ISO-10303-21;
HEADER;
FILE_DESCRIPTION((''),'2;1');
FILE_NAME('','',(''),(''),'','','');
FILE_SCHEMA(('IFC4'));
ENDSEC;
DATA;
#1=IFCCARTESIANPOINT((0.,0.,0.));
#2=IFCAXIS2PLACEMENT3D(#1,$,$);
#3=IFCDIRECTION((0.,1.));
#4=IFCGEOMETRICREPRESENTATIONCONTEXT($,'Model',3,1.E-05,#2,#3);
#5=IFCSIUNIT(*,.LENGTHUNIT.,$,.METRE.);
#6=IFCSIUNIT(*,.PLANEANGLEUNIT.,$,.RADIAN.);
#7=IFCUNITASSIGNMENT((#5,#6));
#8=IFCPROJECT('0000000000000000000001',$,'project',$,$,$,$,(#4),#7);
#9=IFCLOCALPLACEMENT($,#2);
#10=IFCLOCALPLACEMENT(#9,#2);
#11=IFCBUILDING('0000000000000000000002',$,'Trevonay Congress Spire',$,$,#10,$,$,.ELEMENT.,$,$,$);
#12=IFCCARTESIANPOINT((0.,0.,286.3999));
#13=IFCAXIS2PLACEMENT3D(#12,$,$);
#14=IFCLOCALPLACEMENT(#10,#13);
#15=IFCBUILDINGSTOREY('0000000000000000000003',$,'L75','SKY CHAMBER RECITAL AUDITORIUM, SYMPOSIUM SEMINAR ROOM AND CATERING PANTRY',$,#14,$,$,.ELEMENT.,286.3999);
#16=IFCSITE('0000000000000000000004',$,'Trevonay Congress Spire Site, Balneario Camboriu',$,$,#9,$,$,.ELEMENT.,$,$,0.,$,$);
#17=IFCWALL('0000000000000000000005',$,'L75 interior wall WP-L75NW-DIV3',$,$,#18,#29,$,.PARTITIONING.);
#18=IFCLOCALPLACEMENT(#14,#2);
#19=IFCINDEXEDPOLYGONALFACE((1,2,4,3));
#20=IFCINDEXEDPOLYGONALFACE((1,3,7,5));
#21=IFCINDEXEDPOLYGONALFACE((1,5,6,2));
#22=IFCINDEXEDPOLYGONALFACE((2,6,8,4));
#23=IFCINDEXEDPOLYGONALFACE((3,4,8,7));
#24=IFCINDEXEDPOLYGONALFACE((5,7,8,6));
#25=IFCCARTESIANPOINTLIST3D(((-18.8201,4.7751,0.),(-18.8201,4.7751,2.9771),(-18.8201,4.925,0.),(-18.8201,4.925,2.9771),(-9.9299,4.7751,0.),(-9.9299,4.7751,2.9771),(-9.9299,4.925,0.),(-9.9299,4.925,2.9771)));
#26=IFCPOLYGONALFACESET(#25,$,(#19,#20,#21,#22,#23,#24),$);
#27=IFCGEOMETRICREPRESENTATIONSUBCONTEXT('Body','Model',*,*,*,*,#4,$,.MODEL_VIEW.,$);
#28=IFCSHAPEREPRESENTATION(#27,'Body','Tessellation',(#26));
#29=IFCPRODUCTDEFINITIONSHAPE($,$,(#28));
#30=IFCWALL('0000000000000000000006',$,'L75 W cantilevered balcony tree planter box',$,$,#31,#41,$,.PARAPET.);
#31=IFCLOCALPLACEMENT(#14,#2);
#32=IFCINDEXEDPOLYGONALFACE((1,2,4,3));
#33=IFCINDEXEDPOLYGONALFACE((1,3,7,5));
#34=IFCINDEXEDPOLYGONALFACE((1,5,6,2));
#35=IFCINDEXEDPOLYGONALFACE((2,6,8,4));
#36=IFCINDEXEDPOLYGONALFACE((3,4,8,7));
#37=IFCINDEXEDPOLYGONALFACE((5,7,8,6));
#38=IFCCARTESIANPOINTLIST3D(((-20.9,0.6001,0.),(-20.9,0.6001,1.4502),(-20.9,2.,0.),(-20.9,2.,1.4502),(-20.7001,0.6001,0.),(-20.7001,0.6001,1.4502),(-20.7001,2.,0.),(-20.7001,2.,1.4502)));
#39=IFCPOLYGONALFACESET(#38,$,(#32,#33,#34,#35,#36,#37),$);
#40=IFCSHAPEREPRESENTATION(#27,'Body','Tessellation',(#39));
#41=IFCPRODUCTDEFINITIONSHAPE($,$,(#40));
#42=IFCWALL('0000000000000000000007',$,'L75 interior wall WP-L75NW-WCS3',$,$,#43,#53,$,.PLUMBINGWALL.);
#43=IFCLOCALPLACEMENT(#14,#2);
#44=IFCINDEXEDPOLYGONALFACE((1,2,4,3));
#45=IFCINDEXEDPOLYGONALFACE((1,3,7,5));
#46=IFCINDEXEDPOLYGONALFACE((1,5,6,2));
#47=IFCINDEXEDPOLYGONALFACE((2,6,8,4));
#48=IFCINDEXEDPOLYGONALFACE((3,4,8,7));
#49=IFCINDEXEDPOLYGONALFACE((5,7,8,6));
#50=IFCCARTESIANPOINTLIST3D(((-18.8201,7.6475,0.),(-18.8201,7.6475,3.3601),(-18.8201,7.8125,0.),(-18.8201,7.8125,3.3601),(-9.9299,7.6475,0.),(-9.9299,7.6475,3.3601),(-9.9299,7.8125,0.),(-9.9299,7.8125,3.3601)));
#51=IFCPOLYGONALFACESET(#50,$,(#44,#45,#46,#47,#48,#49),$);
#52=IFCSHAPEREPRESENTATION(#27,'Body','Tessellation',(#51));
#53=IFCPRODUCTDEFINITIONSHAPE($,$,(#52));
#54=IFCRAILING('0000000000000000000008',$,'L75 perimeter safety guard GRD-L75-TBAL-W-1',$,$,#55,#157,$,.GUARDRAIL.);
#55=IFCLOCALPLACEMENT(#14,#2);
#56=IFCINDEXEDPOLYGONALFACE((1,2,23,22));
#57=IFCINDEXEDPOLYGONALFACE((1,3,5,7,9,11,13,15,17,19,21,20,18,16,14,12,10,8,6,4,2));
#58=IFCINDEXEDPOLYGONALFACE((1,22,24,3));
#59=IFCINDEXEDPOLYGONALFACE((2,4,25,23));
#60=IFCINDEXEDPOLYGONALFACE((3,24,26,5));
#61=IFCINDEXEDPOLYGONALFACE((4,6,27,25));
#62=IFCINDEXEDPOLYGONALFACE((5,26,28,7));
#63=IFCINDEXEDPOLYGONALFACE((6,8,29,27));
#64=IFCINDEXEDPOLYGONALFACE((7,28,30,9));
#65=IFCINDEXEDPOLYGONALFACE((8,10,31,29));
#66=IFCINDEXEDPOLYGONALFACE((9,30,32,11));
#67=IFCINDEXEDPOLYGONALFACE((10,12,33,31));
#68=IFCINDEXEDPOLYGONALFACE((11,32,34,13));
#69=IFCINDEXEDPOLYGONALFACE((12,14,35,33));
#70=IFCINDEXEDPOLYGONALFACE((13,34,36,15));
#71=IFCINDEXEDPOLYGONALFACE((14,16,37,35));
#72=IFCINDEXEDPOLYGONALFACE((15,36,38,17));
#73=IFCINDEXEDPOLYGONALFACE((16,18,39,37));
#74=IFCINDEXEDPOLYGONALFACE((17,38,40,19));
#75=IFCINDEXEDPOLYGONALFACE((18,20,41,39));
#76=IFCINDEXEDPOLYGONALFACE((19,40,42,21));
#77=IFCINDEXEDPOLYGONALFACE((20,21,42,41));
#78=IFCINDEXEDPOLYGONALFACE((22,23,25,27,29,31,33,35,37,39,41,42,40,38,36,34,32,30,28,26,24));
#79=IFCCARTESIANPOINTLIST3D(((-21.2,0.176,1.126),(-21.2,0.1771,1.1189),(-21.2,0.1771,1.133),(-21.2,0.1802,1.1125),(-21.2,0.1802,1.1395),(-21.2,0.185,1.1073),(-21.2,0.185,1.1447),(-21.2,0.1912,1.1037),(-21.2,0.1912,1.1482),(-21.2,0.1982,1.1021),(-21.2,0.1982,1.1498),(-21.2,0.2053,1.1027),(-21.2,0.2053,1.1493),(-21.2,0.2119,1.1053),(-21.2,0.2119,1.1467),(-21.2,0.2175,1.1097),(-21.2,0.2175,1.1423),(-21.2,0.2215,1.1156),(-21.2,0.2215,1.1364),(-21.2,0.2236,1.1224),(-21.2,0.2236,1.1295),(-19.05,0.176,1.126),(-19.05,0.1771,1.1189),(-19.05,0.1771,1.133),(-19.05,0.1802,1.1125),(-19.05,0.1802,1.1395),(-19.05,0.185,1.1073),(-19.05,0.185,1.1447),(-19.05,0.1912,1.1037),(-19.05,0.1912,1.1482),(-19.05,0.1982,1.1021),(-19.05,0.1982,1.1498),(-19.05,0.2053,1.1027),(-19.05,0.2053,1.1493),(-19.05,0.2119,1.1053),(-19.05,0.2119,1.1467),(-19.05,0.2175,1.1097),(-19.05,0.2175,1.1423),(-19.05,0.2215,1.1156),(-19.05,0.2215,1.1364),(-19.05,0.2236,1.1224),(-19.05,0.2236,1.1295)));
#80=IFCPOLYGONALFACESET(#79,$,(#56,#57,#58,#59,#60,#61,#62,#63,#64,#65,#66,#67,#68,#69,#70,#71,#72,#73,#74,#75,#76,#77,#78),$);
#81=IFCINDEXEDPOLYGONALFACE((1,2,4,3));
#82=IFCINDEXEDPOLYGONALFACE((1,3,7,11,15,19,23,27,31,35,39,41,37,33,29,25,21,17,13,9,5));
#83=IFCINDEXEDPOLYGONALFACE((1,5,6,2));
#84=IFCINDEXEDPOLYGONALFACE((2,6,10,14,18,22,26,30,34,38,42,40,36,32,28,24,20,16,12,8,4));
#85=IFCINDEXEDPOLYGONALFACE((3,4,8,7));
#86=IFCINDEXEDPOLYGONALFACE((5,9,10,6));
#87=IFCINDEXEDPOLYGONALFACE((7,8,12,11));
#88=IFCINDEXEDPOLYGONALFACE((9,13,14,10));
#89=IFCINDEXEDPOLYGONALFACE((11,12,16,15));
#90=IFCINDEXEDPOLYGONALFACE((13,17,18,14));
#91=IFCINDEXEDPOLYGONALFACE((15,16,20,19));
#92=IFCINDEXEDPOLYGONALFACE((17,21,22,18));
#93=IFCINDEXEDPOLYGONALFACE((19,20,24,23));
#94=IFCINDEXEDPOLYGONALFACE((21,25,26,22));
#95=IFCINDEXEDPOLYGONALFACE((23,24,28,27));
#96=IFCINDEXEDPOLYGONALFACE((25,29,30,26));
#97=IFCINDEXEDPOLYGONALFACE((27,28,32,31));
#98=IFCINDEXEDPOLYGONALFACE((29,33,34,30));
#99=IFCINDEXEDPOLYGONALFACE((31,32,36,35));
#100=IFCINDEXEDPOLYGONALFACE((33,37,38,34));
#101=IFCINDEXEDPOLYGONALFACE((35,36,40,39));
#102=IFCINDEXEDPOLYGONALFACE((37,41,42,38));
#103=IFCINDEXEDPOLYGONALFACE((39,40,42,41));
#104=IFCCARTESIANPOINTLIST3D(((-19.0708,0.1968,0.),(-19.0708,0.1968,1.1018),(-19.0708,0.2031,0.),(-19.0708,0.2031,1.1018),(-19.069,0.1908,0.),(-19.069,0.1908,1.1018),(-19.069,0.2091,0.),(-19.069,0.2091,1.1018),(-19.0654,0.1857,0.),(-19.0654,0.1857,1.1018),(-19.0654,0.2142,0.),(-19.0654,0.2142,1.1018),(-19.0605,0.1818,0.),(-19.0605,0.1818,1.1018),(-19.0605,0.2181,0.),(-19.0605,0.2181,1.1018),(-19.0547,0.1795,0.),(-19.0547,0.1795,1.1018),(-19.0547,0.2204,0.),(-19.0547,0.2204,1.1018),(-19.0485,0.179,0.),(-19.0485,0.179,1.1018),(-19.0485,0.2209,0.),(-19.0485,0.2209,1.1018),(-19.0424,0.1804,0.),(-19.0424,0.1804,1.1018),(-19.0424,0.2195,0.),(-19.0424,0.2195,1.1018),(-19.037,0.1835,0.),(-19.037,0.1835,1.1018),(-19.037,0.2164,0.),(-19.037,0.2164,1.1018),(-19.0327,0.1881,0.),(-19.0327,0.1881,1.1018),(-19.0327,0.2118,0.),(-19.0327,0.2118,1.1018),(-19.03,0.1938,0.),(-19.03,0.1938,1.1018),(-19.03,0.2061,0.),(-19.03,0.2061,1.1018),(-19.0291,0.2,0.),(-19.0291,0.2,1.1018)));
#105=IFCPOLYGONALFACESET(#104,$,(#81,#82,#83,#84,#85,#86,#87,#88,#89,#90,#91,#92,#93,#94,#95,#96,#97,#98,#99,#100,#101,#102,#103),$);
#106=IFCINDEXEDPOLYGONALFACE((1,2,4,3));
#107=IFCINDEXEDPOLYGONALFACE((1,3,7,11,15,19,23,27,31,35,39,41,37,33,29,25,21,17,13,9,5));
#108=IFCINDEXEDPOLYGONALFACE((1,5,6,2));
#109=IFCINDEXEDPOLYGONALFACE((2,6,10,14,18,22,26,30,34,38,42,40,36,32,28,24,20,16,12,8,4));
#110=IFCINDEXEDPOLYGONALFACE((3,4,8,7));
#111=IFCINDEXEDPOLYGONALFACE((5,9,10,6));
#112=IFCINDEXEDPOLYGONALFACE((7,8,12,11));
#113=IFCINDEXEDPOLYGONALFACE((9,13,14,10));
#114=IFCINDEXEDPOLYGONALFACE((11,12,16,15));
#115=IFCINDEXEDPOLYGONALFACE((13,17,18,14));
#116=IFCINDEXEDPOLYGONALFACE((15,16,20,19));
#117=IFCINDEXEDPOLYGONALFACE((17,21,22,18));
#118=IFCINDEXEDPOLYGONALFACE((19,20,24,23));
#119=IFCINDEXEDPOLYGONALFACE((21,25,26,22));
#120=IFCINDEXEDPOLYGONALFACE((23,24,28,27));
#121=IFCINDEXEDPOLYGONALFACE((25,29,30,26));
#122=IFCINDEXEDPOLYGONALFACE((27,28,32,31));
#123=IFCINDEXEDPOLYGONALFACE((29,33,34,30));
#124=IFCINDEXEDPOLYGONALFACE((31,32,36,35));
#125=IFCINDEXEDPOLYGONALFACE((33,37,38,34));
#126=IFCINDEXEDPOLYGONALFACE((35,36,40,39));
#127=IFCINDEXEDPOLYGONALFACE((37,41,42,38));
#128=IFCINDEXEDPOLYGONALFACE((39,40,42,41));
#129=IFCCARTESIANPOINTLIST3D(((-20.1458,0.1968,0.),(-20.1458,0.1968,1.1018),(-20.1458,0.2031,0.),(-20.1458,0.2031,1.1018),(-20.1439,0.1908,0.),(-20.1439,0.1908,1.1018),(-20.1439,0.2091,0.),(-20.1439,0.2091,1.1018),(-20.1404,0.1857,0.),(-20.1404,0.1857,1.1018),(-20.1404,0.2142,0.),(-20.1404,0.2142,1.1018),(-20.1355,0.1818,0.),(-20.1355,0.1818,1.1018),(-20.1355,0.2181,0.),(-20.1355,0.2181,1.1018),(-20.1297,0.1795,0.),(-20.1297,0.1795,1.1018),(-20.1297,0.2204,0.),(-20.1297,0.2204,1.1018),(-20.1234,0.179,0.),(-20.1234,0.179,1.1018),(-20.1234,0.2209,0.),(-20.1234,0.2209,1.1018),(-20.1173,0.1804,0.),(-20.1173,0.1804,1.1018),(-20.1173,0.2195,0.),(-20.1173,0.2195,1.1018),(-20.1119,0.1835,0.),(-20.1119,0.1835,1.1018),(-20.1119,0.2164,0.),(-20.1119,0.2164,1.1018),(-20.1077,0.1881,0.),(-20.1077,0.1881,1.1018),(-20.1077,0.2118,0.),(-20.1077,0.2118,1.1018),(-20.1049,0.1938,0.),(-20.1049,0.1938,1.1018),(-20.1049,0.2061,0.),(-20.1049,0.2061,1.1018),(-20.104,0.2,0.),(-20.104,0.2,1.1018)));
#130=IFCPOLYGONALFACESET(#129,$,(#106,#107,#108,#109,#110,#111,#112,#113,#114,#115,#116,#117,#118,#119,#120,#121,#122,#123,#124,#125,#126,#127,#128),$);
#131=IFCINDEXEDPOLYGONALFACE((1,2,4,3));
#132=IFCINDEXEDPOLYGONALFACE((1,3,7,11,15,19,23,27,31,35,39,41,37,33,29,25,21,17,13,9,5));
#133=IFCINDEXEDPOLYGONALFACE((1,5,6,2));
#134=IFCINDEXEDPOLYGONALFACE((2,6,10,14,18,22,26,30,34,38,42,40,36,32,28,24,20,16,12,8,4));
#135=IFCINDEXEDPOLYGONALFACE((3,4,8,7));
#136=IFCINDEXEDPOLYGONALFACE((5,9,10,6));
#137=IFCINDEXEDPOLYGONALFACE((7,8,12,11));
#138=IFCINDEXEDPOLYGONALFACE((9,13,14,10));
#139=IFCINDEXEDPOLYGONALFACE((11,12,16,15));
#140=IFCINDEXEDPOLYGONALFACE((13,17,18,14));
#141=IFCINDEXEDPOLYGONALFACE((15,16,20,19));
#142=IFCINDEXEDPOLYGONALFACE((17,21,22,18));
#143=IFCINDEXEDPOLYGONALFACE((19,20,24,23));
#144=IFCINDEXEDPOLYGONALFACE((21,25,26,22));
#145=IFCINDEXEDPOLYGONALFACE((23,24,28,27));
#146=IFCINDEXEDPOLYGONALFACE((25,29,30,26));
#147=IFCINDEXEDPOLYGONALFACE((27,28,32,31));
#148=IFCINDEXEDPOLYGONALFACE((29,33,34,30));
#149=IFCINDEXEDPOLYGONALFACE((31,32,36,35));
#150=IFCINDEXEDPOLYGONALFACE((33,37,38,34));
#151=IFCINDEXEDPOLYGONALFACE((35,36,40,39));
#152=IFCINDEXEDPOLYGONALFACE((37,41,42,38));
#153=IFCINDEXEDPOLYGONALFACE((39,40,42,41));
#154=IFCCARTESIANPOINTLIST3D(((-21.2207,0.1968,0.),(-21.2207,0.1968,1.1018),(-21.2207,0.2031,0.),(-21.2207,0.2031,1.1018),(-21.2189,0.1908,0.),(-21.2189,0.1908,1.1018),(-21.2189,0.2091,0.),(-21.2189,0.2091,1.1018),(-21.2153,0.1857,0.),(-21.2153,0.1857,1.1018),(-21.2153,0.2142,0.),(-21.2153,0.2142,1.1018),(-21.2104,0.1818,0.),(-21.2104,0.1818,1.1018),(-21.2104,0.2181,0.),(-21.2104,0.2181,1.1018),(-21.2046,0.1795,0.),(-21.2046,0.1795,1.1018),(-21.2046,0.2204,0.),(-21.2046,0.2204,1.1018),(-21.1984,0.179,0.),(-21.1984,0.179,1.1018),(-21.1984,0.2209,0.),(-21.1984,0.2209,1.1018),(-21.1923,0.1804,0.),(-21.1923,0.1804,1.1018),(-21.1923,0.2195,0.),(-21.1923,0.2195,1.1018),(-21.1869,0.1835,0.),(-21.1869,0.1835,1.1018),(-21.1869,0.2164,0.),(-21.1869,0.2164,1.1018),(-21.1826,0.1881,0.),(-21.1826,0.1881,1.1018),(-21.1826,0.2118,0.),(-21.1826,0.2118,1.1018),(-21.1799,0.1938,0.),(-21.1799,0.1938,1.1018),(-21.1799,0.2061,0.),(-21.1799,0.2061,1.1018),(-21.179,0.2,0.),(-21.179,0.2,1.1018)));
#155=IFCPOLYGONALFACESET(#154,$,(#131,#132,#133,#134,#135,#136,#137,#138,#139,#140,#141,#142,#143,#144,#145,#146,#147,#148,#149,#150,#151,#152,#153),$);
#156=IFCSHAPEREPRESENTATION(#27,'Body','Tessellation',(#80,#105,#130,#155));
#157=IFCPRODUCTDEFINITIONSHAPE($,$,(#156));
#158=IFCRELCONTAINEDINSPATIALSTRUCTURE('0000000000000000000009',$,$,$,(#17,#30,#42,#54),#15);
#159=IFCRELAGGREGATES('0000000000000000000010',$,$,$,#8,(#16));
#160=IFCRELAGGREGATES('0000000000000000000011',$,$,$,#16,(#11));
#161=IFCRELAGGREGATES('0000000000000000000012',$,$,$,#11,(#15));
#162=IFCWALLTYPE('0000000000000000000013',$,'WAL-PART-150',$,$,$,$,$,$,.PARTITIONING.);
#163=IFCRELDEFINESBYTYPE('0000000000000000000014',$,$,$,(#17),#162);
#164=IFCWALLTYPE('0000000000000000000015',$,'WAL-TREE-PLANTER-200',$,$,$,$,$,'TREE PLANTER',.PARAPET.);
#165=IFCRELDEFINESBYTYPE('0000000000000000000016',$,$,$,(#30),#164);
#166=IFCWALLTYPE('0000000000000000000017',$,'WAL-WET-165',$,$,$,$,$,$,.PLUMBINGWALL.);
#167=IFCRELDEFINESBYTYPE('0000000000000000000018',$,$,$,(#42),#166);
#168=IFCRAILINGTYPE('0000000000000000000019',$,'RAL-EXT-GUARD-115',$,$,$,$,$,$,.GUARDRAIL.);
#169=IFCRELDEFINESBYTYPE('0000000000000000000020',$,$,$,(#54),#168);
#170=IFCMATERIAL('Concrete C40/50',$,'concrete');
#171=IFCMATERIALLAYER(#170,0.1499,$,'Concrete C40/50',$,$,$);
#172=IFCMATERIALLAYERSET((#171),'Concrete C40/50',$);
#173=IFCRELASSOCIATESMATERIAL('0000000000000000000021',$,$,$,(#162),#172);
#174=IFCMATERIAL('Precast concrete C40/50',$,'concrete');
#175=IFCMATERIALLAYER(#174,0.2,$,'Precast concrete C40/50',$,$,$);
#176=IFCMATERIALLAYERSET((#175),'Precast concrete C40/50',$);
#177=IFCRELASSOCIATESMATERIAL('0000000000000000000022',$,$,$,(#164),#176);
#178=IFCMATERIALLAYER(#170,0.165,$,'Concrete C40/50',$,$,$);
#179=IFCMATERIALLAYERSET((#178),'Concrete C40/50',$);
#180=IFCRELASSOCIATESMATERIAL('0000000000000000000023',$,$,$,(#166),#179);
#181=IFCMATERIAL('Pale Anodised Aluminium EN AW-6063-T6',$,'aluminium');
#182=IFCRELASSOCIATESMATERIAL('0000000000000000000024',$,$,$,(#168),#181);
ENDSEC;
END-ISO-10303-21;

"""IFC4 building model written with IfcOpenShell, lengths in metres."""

from ifc_helpers import new_model, si_unit, direction, frame, frame_2d, origin, origin_2d, place, context, subcontext, project, spatial, rectangle, circle, extrude, material, layer, layer_set, type_object, element, save


model = new_model("IFC4")

# Units and contexts
model_context = context("Model", 3, precision=1e-05, world=origin(), true_north=direction((0.0, 1.0)))
body_context = subcontext(model_context, "Body", "Model", "MODEL_VIEW")
ifc_project = project(units=[si_unit("LENGTHUNIT", "METRE"), si_unit("PLANEANGLEUNIT", "RADIAN")], contexts=[model_context])

# Site, building, storey
site_placement = place(None, origin())
site = spatial("IfcSite", under=ifc_project, at=site_placement, Name="Trevonay Congress Spire Site, Balneario Camboriu", CompositionType="ELEMENT", RefElevation=0.0)
building_placement = place(site_placement, origin())
building = spatial("IfcBuilding", under=site, at=building_placement, Name="Trevonay Congress Spire", CompositionType="ELEMENT")
storey_placement = place(building_placement, frame((0.0, 0.0, 286.3999)))
storey = spatial("IfcBuildingStorey", under=building, at=storey_placement, Name="L75", Description="SKY CHAMBER RECITAL AUDITORIUM, SYMPOSIUM SEMINAR ROOM AND CATERING PANTRY", CompositionType="ELEMENT", Elevation=286.3999)

# Shared definitions
ifc_material_1 = material(Name="Pale Anodised Aluminium EN AW-6063-T6", Category="aluminium")

# Shared definitions
ifc_material_2 = material(Name="Precast concrete C40/50", Category="concrete")

# Walls
ifc_material_3 = material(Name="Concrete C40/50", Category="concrete")
ifc_layer_1 = layer(ifc_material_3, 0.1499, Name="Concrete C40/50")
ifc_layer_set_1 = layer_set([ifc_layer_1], Name="Concrete C40/50")
wall_type_1 = type_object("IfcWallType", Name="WAL-PART-150", PredefinedType="PARTITIONING", material=ifc_layer_set_1)
wall_1_placement = place(storey_placement, frame((-18.8201, 4.8501, 0.0), z_axis=(0.0, 0.0, 1.0), x_axis=(1.0, 0.0, 0.0)))
element("IfcWall", 1, at=wall_1_placement, inside=storey, type_object=wall_type_1, Name="L75 interior wall WP-L75NW-DIV3", PredefinedType="PARTITIONING", context=body_context, shape_type="SweptSolid", body=[
    extrude(rectangle(XDim=8.8901, YDim=0.1499, at=frame_2d((4.4451, 0.0))), origin(), (0.0, 0.0, 1.0), 2.9771),
])
ifc_layer_2 = layer(ifc_material_2, 0.2, Name="Precast concrete C40/50")
ifc_layer_set_2 = layer_set([ifc_layer_2], Name="Precast concrete C40/50")
wall_type_2 = type_object("IfcWallType", Name="WAL-TREE-PLANTER-200", ElementType="TREE PLANTER", PredefinedType="PARAPET", material=ifc_layer_set_2)
wall_2_placement = place(storey_placement, frame((-20.8, 0.6001, 0.0), z_axis=(0.0, 0.0, 1.0), x_axis=(0.0, 1.0, 0.0)))
element("IfcWall", 2, at=wall_2_placement, inside=storey, type_object=wall_type_2, Name="L75 W cantilevered balcony tree planter box", PredefinedType="PARAPET", context=body_context, shape_type="SweptSolid", body=[
    extrude(rectangle(XDim=1.3999, YDim=0.2, at=frame_2d((0.7, 0.0))), origin(), (0.0, 0.0, 1.0), 1.4502),
])
ifc_layer_3 = layer(ifc_material_3, 0.165, Name="Concrete C40/50")
ifc_layer_set_3 = layer_set([ifc_layer_3], Name="Concrete C40/50")
wall_type_3 = type_object("IfcWallType", Name="WAL-WET-165", PredefinedType="PLUMBINGWALL", material=ifc_layer_set_3)
wall_3_placement = place(storey_placement, frame((-18.8201, 7.73, 0.0), z_axis=(0.0, 0.0, 1.0), x_axis=(1.0, 0.0, 0.0)))
element("IfcWall", 3, at=wall_3_placement, inside=storey, type_object=wall_type_3, Name="L75 interior wall WP-L75NW-WCS3", PredefinedType="PLUMBINGWALL", context=body_context, shape_type="SweptSolid", body=[
    extrude(rectangle(XDim=8.8901, YDim=0.165, at=frame_2d((4.4451, 0.0))), origin(), (0.0, 0.0, 1.0), 3.3601),
])

# Railing
railing_type = type_object("IfcRailingType", Name="RAL-EXT-GUARD-115", PredefinedType="GUARDRAIL", material=ifc_material_1)
railing_1_placement = place(storey_placement, frame((-19.05, 0.2, 0.0)))
element("IfcRailing", 4, at=railing_1_placement, inside=storey, type_object=railing_type, Name="L75 perimeter safety guard GRD-L75-TBAL-W-1", PredefinedType="GUARDRAIL", context=body_context, shape_type="SweptSolid", body=[
    extrude(circle(Radius=0.0239, at=origin_2d()), frame((0.0, 0.0, 1.126), z_axis=(-1.0, 0.0, 0.0), x_axis=(0.0, -1.0, 0.0)), (0.0, 0.0, 1.0), 2.1499),
    extrude(circle(Radius=0.021, at=origin_2d()), origin(), (0.0, 0.0, 1.0), 1.1018),
    extrude(circle(Radius=0.021, at=origin_2d()), frame((-1.075, 0.0, 0.0)), (0.0, 0.0, 1.0), 1.1018),
    extrude(circle(Radius=0.021, at=origin_2d()), frame((-2.1499, 0.0, 0.0)), (0.0, 0.0, 1.0), 1.1018),
])

save(model, "model.ifc")
